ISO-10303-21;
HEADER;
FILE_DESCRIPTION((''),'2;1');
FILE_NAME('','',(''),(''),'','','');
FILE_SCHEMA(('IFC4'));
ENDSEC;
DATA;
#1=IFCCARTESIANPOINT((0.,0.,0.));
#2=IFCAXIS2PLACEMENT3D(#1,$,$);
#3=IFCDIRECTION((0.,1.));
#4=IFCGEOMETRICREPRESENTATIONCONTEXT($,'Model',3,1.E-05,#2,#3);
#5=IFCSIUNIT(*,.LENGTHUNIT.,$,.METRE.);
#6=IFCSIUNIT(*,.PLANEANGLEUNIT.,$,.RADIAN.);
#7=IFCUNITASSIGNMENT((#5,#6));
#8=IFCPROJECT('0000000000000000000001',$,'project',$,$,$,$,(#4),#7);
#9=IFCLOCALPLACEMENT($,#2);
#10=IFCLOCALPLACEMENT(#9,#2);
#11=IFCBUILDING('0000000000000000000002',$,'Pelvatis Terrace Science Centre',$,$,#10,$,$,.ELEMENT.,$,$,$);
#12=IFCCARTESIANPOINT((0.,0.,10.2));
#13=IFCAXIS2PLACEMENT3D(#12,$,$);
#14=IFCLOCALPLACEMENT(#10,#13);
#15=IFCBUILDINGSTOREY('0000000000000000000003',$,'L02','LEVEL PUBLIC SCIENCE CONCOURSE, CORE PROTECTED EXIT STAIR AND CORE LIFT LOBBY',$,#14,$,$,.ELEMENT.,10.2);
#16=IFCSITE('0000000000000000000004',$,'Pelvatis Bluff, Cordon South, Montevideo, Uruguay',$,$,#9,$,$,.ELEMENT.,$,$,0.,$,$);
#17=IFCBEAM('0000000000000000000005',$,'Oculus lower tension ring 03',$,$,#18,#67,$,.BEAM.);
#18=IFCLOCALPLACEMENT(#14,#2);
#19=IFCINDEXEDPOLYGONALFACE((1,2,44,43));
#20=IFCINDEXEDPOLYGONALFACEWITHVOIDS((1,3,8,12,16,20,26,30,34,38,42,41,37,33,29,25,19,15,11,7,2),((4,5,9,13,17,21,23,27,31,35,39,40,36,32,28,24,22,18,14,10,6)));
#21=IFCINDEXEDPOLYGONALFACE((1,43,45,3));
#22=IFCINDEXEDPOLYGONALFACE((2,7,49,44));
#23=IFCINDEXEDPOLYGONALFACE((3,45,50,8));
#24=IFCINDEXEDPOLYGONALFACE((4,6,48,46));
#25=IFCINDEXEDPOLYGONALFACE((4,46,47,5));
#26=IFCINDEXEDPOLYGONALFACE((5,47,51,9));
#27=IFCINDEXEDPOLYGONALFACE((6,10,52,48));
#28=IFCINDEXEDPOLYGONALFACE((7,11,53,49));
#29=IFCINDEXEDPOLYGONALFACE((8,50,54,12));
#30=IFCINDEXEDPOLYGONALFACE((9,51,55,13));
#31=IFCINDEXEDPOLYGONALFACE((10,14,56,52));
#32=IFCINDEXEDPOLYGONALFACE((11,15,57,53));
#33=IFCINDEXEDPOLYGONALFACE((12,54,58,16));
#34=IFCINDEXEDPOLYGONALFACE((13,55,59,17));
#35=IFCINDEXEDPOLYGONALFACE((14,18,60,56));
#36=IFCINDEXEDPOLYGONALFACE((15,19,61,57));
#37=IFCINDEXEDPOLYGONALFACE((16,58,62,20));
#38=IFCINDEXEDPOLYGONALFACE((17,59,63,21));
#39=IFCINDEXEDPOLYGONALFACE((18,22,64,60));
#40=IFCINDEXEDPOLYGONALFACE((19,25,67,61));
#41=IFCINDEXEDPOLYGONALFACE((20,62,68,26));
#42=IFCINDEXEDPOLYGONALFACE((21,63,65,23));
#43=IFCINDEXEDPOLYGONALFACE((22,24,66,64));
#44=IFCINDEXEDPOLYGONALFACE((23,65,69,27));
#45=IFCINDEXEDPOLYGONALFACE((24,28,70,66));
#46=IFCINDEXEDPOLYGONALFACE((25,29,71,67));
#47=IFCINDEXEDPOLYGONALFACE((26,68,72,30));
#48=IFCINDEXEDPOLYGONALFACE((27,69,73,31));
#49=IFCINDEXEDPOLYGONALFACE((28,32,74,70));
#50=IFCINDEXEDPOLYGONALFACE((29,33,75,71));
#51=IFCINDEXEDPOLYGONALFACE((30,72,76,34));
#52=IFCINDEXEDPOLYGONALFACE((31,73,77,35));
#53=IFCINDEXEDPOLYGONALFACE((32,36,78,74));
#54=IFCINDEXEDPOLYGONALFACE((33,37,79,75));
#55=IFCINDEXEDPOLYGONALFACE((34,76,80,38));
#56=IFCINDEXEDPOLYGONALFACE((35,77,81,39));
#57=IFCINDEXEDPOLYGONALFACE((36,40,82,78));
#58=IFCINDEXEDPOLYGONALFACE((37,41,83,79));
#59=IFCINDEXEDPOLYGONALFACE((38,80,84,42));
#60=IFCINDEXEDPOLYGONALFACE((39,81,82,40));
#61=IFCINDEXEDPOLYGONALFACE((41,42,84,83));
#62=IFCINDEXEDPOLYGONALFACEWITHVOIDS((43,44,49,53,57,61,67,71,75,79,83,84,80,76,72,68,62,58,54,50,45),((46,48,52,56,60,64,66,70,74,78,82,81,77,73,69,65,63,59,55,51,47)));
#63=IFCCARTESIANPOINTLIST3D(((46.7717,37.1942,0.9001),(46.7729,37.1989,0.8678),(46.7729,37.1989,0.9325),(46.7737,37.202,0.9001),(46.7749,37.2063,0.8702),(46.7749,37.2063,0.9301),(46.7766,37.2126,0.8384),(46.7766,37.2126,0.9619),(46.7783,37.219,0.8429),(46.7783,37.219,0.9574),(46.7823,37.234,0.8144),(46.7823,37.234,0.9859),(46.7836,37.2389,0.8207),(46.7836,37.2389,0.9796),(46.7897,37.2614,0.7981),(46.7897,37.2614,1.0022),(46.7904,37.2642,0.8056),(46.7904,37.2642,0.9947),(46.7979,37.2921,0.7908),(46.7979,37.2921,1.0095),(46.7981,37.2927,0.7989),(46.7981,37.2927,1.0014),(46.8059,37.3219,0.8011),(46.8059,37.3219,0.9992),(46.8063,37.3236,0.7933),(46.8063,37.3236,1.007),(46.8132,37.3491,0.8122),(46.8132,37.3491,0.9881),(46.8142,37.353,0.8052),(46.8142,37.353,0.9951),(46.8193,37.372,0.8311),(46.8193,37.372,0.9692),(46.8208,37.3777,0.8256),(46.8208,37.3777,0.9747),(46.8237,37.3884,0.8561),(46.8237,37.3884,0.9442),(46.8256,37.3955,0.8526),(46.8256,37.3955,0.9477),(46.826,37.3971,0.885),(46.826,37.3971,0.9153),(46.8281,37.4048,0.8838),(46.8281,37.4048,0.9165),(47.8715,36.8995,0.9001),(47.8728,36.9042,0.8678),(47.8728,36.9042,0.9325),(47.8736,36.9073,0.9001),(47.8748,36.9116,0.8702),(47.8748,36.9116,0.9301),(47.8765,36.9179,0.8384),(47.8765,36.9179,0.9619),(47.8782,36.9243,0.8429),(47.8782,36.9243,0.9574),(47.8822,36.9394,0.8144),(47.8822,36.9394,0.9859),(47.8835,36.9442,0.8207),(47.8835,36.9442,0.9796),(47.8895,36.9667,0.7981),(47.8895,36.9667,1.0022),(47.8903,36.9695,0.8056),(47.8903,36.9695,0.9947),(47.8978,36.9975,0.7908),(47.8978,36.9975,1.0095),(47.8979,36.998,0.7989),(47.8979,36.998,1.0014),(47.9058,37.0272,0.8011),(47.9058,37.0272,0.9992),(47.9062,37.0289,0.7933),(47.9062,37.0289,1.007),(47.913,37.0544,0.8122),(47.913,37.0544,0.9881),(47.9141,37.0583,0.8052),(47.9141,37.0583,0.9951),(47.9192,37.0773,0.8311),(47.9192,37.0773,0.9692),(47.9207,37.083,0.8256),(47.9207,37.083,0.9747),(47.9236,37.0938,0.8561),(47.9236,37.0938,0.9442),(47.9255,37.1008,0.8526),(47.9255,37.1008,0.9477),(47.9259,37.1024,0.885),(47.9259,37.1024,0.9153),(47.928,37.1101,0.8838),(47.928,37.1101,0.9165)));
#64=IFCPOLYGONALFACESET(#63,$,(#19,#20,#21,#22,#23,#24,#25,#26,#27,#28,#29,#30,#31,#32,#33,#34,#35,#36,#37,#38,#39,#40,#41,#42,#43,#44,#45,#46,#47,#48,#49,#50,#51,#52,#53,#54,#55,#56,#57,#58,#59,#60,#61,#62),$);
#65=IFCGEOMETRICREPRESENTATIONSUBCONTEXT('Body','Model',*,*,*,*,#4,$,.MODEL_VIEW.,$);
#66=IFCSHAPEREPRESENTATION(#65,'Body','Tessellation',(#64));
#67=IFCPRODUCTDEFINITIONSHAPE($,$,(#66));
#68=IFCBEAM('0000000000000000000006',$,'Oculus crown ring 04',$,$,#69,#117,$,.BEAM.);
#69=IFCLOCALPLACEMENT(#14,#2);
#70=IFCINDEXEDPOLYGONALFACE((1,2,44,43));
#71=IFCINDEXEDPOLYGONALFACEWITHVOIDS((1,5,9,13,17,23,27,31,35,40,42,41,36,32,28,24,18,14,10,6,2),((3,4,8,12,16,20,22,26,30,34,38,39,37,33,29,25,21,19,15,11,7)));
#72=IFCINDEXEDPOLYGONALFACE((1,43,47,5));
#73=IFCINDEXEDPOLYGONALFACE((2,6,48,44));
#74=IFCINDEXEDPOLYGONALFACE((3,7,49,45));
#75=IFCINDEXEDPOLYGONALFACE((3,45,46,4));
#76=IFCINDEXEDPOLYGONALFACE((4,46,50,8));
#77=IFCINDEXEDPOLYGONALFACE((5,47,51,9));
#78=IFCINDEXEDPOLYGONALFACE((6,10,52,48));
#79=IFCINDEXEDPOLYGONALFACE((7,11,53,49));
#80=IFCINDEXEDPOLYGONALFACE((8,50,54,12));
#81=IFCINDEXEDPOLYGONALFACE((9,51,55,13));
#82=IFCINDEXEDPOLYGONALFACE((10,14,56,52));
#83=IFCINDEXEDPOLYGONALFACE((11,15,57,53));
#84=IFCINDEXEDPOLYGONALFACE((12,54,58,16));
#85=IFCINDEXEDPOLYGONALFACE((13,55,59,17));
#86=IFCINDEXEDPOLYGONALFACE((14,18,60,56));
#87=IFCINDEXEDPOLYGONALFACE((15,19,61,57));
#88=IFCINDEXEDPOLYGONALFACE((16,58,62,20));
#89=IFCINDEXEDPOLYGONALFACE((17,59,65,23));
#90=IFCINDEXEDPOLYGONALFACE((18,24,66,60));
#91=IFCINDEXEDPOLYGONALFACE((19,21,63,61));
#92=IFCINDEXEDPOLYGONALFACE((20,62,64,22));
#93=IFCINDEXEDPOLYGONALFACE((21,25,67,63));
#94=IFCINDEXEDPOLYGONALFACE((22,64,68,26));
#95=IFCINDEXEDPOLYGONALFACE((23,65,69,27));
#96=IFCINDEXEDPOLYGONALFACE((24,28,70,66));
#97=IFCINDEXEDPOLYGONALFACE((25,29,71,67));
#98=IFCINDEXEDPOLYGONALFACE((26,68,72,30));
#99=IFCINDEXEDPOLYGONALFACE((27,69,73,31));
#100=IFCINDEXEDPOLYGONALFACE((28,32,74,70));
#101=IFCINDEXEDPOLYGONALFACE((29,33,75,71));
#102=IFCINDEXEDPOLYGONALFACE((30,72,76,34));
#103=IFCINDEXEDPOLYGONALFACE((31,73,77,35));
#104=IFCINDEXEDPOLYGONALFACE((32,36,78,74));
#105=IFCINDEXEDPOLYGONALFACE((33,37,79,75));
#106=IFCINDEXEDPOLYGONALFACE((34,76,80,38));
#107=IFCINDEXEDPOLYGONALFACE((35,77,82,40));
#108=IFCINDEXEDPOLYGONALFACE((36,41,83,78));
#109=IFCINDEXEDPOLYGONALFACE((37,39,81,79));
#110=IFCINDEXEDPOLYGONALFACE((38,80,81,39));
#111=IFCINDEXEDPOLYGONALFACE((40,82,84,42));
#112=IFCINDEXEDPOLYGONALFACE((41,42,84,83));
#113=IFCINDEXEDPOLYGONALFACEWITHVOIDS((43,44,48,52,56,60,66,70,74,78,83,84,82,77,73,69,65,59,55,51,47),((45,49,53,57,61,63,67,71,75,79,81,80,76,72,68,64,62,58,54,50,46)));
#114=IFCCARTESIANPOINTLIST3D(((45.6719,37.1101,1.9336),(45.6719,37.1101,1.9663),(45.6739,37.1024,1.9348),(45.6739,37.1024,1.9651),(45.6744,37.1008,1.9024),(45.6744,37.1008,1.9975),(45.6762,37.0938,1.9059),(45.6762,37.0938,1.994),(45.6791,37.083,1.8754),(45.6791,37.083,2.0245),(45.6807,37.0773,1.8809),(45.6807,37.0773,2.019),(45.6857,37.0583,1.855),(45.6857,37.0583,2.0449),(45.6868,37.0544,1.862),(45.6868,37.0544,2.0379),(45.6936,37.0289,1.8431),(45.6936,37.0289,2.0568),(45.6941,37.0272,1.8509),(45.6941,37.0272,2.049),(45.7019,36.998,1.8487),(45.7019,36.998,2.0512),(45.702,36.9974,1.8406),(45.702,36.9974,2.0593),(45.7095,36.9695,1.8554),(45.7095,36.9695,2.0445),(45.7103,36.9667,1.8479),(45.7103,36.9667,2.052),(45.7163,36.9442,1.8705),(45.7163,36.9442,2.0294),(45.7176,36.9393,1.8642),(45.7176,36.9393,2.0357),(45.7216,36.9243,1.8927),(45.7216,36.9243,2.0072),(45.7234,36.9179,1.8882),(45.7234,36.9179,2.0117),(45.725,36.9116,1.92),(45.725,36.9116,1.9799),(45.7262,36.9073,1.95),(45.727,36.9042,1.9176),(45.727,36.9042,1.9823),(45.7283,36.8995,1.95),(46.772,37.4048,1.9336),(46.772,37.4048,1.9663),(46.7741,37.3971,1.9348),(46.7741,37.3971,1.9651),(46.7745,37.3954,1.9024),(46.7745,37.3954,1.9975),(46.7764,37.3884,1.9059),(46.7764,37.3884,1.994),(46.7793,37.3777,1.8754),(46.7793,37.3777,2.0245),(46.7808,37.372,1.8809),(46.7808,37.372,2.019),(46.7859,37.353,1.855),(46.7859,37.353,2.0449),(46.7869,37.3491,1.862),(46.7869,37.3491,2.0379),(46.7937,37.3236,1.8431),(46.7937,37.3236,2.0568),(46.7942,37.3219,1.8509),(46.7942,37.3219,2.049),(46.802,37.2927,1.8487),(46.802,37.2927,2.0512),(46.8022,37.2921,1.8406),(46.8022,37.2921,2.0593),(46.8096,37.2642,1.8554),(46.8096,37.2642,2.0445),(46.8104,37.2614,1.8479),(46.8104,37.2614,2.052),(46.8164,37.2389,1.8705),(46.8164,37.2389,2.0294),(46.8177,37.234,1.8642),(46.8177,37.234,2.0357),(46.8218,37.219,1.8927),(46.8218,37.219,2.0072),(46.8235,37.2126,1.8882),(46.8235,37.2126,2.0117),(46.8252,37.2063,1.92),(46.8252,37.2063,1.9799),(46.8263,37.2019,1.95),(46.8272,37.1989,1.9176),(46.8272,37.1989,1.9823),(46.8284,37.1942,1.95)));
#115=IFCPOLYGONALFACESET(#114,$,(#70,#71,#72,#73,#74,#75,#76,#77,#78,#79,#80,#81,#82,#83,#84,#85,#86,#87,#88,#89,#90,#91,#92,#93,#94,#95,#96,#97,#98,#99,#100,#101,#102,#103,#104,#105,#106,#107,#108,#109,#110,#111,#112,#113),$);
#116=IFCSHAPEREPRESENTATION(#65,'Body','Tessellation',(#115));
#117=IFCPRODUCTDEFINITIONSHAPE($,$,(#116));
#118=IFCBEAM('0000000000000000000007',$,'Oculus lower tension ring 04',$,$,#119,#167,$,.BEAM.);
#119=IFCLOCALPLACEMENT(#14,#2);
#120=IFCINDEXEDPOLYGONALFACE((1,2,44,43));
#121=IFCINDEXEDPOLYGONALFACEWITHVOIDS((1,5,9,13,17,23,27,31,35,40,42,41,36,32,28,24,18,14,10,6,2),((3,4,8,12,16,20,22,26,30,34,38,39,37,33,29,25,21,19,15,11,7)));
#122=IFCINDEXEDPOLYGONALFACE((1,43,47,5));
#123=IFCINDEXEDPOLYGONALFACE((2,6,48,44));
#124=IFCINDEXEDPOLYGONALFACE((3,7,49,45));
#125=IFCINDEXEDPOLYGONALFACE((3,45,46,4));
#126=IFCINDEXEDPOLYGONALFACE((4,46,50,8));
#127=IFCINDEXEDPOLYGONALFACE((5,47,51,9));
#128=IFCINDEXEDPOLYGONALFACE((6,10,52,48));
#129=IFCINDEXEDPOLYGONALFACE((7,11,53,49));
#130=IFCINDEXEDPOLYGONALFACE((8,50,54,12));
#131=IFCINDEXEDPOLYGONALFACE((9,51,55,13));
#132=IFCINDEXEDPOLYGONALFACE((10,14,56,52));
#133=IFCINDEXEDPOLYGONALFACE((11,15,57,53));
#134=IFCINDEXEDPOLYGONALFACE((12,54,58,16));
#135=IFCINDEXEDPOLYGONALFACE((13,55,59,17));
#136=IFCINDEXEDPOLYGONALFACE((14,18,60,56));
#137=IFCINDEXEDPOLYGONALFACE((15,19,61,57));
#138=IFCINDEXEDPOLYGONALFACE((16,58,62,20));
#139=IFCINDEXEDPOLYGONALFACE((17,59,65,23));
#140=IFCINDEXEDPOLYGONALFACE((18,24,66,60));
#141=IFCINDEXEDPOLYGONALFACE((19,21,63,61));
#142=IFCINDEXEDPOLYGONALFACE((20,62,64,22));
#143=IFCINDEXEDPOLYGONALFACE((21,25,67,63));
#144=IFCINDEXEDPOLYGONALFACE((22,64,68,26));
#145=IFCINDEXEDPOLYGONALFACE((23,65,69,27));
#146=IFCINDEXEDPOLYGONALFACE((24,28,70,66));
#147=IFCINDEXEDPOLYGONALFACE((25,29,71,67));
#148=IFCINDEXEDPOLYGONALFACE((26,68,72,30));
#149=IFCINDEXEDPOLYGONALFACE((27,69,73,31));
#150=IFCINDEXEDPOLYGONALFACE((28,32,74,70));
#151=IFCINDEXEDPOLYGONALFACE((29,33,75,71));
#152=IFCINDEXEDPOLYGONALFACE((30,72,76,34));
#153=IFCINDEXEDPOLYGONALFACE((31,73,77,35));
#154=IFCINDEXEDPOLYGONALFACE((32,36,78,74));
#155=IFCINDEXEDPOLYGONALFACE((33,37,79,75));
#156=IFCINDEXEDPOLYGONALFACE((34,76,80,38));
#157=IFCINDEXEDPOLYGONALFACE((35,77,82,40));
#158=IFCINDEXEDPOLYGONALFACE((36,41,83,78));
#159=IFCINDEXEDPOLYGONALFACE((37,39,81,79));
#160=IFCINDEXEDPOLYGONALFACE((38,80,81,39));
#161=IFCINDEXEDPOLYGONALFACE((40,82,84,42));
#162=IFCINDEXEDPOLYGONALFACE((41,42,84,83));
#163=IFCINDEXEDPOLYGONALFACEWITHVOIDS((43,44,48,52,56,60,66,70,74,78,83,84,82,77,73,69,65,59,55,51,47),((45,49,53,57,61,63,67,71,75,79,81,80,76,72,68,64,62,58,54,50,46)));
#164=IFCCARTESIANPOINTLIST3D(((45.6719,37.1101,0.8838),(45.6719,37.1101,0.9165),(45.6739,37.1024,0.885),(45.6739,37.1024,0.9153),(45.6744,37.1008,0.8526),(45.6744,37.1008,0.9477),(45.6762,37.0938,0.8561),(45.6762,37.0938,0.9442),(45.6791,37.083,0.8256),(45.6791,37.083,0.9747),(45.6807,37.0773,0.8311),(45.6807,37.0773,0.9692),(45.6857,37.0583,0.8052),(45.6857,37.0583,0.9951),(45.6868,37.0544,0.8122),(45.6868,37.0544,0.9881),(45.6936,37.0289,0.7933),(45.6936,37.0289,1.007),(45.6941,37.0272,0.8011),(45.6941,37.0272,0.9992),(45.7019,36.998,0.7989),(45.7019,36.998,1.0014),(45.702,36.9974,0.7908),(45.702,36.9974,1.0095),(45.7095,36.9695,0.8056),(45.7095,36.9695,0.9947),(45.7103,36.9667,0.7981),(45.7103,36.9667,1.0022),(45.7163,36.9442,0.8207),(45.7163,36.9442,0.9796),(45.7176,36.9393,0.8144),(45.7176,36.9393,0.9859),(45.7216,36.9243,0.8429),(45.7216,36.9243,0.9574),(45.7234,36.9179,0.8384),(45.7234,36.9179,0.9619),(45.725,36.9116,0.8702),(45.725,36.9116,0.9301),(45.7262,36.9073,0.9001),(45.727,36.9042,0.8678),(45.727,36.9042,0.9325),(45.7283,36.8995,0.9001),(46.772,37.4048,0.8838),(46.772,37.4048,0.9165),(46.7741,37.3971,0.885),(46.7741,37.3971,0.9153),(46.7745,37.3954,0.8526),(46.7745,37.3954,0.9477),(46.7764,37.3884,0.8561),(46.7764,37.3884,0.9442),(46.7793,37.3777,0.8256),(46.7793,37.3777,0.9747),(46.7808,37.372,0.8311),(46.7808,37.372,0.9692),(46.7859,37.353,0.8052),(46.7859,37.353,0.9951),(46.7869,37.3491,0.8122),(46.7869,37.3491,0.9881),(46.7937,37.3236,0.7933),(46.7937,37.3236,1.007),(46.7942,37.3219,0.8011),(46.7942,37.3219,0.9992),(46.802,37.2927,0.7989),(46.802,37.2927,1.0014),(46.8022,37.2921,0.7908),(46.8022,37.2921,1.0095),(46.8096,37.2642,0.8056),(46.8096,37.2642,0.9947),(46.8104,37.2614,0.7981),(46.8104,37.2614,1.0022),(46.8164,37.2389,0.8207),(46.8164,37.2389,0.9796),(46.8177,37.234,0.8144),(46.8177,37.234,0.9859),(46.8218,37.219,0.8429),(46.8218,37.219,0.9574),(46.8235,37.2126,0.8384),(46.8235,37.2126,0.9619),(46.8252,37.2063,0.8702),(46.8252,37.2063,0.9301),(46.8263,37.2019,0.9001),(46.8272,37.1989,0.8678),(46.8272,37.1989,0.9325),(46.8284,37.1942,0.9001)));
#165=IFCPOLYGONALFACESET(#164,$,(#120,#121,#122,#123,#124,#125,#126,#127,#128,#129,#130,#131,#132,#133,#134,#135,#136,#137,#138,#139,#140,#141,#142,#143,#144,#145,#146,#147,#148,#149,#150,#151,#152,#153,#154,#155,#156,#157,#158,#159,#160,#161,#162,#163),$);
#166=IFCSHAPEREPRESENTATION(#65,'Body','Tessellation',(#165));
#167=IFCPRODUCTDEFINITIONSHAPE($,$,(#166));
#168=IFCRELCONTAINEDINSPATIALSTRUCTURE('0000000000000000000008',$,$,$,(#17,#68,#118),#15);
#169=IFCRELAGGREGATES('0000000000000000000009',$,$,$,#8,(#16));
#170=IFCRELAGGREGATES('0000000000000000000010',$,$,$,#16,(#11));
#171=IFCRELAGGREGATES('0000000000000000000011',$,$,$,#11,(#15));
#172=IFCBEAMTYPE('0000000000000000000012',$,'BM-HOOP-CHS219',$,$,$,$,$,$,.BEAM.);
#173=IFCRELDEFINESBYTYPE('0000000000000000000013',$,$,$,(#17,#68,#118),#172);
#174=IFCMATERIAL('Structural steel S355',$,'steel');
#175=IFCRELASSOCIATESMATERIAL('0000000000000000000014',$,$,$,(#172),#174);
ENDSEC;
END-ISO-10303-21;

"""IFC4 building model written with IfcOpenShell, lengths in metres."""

from ifc_helpers import new_model, si_unit, direction, frame, origin, origin_2d, place, context, subcontext, project, spatial, hollow_circle, extrude, material, material_profile, profile_set, type_object, element, save


model = new_model("IFC4")

# Units and contexts
model_context = context("Model", 3, precision=1e-05, world=origin(), true_north=direction((0.0, 1.0)))
body_context = subcontext(model_context, "Body", "Model", "MODEL_VIEW")
ifc_project = project(units=[si_unit("LENGTHUNIT", "METRE"), si_unit("PLANEANGLEUNIT", "RADIAN")], contexts=[model_context])

# Site, building, storey
site_placement = place(None, origin())
site = spatial("IfcSite", under=ifc_project, at=site_placement, Name="Pelvatis Bluff, Cordon South, Montevideo, Uruguay", CompositionType="ELEMENT", RefElevation=0.0)
building_placement = place(site_placement, origin())
building = spatial("IfcBuilding", under=site, at=building_placement, Name="Pelvatis Terrace Science Centre", CompositionType="ELEMENT")
storey_placement = place(building_placement, frame((0.0, 0.0, 10.2)))
storey = spatial("IfcBuildingStorey", under=building, at=storey_placement, Name="L02", Description="LEVEL PUBLIC SCIENCE CONCOURSE, CORE PROTECTED EXIT STAIR AND CORE LIFT LOBBY", CompositionType="ELEMENT", Elevation=10.2)

# Beams
ifc_material_1 = material(Name="Structural steel S355", Category="steel")
ifc_material_profile_1 = material_profile(ifc_material_1, hollow_circle(Radius=0.1096, WallThickness=0.0081, at=origin_2d()), Name="CHS 219.1x8.0")
ifc_profile_set_1 = profile_set([ifc_material_profile_1], Name="Structural steel S355")
beam_type_1 = type_object("IfcBeamType", Name="BM-HOOP-CHS219", PredefinedType="BEAM", material=ifc_profile_set_1)
for number, where, z_axis, x_axis, name in (
    (1, (47.8999, 37.0054, 0.9001), (-0.965932, 0.258797, 0.0), (-0.258797, -0.965932, 0.0), "Oculus lower tension ring 03"),
):
    element("IfcBeam", number, at=place(storey_placement, frame(where, z_axis=z_axis, x_axis=x_axis)), inside=storey, type_object=beam_type_1, Name=name, PredefinedType="BEAM", context=body_context, shape_type="SweptSolid", body=[
        extrude(hollow_circle(Radius=0.1096, WallThickness=0.0081, at=origin_2d()), origin(), (0.0, 0.0, 1.0), 1.1387),
    ])
for number, where, z_axis, x_axis, name in (
    (2, (46.8, 37.3, 1.95), (-0.965946, -0.258743, 0.0), (0.258743, -0.965946, 0.0), "Oculus crown ring 04"),
    (3, (46.8, 37.3, 0.9001), (-0.965946, -0.258743, 0.0), (0.258743, -0.965946, 0.0), "Oculus lower tension ring 04"),
):
    element("IfcBeam", number, at=place(storey_placement, frame(where, z_axis=z_axis, x_axis=x_axis)), inside=storey, type_object=beam_type_1, Name=name, PredefinedType="BEAM", context=body_context, shape_type="SweptSolid", body=[
        extrude(hollow_circle(Radius=0.1096, WallThickness=0.0081, at=origin_2d()), origin(), (0.0, 0.0, 1.0), 1.1389),
    ])

save(model, "model.ifc")
